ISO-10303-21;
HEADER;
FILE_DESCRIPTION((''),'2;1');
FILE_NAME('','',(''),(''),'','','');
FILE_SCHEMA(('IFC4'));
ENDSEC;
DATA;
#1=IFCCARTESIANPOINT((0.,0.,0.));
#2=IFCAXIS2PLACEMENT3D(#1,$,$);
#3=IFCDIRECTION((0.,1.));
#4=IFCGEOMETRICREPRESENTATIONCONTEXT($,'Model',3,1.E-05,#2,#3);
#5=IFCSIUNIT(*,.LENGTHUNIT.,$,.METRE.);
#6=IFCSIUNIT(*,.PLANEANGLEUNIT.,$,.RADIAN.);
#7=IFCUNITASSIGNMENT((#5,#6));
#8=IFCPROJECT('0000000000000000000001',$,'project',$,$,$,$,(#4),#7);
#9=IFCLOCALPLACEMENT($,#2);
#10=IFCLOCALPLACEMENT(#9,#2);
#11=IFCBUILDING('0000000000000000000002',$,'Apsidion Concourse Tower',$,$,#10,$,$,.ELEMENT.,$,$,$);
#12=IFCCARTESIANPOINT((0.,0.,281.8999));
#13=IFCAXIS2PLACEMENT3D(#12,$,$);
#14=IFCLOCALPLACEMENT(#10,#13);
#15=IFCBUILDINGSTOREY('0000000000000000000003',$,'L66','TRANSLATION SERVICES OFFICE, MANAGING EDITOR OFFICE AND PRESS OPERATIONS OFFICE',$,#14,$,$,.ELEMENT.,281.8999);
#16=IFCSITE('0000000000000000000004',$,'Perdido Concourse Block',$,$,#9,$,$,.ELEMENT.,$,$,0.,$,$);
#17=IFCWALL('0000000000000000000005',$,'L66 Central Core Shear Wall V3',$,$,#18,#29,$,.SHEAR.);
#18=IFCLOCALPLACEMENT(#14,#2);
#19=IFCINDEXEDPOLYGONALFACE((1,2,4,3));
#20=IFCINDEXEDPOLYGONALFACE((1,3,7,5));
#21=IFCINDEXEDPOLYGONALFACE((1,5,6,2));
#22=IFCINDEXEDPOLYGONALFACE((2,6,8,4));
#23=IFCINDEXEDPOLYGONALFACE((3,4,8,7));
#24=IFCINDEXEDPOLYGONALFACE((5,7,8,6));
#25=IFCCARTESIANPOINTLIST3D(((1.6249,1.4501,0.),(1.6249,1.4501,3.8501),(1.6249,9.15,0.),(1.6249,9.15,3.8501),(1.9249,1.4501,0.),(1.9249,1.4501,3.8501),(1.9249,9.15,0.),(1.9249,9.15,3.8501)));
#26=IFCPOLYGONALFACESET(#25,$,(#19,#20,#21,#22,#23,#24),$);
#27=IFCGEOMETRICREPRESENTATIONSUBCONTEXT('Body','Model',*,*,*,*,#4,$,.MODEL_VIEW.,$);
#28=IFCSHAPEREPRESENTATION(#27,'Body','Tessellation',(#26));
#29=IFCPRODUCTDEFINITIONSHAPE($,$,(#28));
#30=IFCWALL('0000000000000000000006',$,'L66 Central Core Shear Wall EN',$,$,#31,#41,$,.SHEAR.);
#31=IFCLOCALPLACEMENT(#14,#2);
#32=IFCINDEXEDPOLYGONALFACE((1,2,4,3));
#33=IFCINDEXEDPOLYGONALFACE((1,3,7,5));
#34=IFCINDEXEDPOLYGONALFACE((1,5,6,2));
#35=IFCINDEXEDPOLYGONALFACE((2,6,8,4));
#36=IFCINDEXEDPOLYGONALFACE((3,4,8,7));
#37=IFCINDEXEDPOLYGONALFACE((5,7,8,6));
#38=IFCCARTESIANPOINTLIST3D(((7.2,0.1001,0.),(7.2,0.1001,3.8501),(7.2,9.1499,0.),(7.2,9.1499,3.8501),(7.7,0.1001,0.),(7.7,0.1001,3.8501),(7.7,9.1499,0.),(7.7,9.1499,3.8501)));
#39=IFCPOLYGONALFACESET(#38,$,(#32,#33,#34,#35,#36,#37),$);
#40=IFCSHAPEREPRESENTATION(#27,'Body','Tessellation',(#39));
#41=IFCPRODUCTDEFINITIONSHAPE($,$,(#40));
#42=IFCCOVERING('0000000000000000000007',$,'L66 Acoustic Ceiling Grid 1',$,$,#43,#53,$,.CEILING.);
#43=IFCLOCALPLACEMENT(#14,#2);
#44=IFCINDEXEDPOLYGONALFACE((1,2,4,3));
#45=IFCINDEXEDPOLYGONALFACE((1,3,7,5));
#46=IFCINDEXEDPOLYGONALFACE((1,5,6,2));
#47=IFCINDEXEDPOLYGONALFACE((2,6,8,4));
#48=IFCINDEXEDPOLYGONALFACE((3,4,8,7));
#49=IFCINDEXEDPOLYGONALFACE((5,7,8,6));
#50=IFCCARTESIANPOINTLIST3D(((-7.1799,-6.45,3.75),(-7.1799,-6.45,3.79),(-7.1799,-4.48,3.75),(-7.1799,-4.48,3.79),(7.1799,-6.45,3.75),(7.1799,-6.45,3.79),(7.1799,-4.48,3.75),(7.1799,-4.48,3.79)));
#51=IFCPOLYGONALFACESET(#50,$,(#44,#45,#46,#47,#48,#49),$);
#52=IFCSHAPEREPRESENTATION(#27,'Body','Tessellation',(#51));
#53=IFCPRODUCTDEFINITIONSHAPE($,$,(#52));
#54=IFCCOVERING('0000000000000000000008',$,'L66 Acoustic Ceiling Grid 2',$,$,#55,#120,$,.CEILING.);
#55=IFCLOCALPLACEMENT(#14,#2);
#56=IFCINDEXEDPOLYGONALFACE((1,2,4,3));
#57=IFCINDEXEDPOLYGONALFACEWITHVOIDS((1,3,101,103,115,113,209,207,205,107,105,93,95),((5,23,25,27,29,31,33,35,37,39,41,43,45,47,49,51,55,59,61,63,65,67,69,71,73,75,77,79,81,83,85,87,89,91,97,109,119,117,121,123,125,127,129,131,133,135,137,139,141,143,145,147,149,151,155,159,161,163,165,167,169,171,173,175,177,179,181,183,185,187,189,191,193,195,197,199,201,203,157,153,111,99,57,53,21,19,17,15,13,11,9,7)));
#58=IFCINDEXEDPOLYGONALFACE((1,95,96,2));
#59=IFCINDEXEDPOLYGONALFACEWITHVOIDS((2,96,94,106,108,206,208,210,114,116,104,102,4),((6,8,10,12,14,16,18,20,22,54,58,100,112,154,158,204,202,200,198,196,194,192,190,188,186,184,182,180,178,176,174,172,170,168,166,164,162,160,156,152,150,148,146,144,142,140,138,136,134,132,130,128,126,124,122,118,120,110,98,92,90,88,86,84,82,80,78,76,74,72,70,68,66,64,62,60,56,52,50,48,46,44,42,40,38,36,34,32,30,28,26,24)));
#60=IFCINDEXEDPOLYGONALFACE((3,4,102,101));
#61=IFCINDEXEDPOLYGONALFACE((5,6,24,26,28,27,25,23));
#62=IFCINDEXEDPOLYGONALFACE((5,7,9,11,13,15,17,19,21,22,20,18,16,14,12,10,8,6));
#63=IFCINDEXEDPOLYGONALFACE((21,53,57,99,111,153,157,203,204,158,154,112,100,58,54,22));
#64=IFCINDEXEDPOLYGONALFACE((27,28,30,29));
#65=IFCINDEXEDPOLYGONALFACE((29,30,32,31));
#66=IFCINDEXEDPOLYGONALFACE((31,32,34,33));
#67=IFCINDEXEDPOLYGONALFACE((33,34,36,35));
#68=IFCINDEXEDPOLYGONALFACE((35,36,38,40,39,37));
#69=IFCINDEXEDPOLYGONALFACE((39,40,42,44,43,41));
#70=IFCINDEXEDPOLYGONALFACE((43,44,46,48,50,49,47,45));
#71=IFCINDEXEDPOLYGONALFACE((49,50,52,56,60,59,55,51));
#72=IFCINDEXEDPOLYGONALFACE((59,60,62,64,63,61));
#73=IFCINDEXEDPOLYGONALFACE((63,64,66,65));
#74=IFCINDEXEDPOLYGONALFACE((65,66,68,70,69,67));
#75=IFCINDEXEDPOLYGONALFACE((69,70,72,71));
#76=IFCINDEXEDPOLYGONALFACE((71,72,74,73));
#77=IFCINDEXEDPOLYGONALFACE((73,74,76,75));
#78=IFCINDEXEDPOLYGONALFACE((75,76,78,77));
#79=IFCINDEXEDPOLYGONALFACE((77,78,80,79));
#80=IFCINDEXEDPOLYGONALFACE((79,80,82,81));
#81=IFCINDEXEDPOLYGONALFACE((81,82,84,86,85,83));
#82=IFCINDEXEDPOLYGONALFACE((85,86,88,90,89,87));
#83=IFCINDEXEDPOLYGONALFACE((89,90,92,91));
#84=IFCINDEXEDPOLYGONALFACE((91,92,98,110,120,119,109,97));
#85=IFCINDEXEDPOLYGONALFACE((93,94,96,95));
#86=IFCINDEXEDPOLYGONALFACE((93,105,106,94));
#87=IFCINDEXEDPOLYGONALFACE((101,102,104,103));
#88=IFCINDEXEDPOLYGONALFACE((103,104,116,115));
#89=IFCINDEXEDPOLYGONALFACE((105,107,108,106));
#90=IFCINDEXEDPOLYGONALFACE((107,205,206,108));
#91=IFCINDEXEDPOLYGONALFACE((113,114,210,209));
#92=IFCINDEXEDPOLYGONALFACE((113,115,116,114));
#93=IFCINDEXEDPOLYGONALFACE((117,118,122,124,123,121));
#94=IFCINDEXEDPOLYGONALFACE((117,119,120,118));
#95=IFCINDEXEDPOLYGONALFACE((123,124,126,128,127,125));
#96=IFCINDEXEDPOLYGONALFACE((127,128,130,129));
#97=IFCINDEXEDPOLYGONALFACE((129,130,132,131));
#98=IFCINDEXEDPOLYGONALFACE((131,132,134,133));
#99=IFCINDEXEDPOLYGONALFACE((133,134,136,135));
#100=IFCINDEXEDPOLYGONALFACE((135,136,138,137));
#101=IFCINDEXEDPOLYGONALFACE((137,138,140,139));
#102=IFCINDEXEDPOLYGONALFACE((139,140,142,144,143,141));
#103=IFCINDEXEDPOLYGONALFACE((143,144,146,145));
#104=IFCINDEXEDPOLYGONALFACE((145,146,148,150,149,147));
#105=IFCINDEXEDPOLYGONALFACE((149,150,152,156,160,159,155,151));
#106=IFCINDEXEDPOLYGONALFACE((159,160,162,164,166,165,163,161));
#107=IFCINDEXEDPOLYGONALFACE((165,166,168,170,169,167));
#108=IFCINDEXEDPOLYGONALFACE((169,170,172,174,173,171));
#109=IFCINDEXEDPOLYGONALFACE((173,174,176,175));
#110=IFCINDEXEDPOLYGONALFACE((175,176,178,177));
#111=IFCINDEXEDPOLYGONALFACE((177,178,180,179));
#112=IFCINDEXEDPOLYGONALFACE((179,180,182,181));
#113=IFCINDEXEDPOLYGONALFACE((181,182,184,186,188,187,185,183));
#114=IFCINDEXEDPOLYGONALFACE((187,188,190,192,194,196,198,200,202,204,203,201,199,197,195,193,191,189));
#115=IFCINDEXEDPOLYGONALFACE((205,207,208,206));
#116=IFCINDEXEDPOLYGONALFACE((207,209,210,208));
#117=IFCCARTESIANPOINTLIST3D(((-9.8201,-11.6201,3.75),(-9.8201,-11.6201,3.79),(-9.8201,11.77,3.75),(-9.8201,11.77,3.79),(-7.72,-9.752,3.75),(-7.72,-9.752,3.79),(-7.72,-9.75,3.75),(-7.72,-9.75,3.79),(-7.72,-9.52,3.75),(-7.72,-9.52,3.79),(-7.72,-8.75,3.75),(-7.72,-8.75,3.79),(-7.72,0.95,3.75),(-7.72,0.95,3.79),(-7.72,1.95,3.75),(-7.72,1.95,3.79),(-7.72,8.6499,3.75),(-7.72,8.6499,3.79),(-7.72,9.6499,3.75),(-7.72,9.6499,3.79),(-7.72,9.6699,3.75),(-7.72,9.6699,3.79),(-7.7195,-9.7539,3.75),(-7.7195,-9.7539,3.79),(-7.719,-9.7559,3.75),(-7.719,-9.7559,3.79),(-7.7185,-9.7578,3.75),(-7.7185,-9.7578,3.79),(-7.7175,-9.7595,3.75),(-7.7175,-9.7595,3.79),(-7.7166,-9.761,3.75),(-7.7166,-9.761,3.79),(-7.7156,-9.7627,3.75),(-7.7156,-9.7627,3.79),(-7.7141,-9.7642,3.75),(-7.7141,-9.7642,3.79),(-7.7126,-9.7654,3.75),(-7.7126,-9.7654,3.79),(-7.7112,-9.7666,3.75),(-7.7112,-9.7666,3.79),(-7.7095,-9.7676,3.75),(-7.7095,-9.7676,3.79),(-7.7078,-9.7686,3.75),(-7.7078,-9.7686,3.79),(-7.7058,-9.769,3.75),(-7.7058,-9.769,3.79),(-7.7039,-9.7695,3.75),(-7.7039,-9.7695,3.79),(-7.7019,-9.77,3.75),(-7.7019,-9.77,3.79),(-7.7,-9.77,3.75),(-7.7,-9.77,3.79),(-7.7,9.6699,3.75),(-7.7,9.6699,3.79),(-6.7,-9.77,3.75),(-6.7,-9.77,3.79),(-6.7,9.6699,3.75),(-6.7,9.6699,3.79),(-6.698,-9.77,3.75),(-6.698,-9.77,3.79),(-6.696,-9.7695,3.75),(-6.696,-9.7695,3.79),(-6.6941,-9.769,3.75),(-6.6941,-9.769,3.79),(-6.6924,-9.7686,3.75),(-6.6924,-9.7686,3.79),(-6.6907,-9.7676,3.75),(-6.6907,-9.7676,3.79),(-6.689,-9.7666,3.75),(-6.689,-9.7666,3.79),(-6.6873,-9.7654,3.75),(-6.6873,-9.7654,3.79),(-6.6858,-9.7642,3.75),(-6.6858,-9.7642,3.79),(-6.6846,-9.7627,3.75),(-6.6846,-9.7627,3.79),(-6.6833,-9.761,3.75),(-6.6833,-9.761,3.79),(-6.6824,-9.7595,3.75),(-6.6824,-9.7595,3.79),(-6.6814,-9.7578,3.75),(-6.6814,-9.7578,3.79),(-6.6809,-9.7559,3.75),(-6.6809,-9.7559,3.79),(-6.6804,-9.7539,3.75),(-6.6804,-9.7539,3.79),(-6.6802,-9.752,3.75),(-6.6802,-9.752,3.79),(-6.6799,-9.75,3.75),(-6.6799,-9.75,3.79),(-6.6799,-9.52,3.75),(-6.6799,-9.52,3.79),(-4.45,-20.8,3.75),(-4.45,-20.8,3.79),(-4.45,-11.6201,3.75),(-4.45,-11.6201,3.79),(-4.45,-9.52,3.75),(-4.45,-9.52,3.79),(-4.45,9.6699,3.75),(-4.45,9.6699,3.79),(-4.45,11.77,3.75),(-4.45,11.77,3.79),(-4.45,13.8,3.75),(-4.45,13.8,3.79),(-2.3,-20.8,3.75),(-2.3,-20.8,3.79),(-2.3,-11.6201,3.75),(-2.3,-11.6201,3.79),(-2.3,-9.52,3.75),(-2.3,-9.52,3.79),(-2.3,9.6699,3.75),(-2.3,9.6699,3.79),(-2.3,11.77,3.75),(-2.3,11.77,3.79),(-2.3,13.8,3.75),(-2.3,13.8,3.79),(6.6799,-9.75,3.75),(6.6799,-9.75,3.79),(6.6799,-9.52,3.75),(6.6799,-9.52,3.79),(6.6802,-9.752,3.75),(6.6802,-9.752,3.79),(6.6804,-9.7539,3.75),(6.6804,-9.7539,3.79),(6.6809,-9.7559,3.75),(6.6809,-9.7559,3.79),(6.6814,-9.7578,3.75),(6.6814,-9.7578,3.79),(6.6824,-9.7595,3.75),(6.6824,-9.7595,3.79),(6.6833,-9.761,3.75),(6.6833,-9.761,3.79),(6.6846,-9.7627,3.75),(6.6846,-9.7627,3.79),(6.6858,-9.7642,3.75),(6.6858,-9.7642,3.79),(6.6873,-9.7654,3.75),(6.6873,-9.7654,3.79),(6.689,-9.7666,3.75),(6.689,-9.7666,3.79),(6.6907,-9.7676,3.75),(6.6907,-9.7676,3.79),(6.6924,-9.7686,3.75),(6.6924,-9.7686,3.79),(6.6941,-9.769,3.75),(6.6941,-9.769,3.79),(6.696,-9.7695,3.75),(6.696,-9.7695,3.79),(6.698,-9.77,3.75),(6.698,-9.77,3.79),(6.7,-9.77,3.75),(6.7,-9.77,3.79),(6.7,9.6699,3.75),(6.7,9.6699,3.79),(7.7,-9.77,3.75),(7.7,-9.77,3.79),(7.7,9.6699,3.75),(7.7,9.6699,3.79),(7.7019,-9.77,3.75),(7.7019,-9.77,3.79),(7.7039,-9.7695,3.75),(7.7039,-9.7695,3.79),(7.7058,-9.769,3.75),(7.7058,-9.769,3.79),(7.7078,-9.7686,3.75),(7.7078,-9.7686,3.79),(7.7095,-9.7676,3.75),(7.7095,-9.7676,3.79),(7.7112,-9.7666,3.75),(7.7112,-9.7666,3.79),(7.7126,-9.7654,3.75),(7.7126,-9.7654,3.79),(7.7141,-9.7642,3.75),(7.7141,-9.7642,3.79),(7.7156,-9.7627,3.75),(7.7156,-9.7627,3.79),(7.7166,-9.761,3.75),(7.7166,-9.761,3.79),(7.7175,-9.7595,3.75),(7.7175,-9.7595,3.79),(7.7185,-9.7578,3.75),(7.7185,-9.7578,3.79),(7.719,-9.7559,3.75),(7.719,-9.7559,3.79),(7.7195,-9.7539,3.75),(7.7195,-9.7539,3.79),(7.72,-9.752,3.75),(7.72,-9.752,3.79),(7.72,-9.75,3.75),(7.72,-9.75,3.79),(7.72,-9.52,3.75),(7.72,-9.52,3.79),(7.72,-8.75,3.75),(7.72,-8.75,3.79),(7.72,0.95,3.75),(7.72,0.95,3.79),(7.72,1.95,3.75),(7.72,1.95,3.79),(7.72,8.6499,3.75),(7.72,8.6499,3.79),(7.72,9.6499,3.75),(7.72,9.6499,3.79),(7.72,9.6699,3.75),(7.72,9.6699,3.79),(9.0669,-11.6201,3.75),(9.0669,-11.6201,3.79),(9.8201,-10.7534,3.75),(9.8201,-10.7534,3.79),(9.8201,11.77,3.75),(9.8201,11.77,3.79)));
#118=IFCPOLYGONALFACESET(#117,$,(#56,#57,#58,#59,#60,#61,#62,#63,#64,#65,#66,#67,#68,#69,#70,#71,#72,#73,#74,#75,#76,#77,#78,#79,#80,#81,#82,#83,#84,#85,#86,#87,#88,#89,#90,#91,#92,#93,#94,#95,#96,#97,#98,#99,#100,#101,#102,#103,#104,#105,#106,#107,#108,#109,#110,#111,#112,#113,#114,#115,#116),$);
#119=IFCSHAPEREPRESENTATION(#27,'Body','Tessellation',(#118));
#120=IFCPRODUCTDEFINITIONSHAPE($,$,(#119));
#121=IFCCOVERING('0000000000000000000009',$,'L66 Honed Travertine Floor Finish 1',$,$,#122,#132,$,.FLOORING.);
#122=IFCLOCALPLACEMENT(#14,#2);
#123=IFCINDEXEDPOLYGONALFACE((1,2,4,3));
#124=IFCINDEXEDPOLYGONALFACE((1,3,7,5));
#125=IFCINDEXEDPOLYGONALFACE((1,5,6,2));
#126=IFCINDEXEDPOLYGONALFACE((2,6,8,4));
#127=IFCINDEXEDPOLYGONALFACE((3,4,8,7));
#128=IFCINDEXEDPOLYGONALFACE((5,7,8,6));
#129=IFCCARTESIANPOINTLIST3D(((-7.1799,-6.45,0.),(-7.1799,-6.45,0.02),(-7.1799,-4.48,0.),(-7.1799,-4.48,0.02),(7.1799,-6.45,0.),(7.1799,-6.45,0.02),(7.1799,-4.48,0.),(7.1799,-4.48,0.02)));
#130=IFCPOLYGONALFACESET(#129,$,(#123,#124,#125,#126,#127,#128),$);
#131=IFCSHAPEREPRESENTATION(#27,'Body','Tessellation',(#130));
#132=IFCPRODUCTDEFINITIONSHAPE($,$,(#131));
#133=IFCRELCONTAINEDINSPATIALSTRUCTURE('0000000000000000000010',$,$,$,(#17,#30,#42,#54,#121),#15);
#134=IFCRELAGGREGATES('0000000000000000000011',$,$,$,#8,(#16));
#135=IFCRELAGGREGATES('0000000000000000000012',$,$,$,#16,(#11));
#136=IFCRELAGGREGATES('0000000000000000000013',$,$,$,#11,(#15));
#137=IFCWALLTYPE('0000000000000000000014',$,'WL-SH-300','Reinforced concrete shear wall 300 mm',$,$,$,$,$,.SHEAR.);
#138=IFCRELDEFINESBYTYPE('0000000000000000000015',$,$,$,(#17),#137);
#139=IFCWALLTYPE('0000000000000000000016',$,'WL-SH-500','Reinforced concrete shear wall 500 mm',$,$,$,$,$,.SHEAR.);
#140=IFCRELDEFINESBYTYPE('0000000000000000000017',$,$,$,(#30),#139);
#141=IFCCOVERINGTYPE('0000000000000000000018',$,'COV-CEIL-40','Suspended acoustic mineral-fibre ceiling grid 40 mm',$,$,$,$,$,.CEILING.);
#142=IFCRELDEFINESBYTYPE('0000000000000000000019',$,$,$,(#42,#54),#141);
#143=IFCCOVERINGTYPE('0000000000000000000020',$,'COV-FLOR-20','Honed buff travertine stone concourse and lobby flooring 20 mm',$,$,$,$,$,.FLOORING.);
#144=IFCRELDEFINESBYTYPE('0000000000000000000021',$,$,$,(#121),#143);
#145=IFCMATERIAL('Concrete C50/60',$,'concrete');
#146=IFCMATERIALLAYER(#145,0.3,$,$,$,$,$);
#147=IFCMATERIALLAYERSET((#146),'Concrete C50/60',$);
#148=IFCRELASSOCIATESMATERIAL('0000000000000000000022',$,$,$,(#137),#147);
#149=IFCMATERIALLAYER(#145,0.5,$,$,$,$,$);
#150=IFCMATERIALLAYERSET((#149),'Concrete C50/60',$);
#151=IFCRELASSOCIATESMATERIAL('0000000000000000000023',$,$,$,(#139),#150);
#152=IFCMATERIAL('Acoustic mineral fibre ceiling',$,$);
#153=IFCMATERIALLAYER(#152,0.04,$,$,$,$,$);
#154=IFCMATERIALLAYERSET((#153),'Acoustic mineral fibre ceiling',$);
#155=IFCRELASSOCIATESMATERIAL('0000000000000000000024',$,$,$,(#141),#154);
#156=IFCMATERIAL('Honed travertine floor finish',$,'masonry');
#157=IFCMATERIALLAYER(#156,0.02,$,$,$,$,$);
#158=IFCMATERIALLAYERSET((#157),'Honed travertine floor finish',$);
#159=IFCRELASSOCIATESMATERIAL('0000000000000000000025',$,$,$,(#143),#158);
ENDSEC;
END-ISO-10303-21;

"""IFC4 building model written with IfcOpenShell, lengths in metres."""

from ifc_helpers import new_model, si_unit, direction, frame, frame_2d, origin, place, context, subcontext, project, spatial, polyline, rectangle, outline, extrude, material, layer, layer_set, type_object, element, save


model = new_model("IFC4")

# Units and contexts
model_context = context("Model", 3, precision=1e-05, world=origin(), true_north=direction((0.0, 1.0)))
body_context = subcontext(model_context, "Body", "Model", "MODEL_VIEW")
ifc_project = project(units=[si_unit("LENGTHUNIT", "METRE"), si_unit("PLANEANGLEUNIT", "RADIAN")], contexts=[model_context])

# Site, building, storey
site_placement = place(None, origin())
site = spatial("IfcSite", under=ifc_project, at=site_placement, Name="Perdido Concourse Block", CompositionType="ELEMENT", RefElevation=0.0)
building_placement = place(site_placement, origin())
building = spatial("IfcBuilding", under=site, at=building_placement, Name="Apsidion Concourse Tower", CompositionType="ELEMENT")
storey_placement = place(building_placement, frame((0.0, 0.0, 281.8999)))
storey = spatial("IfcBuildingStorey", under=building, at=storey_placement, Name="L66", Description="TRANSLATION SERVICES OFFICE, MANAGING EDITOR OFFICE AND PRESS OPERATIONS OFFICE", CompositionType="ELEMENT", Elevation=281.8999)

# Shared definitions
ifc_material_1 = material(Name="Concrete C50/60", Category="concrete")

# Walls
ifc_layer_1 = layer(ifc_material_1, 0.3)
ifc_layer_set_1 = layer_set([ifc_layer_1], Name="Concrete C50/60")
wall_type_1 = type_object("IfcWallType", Name="WL-SH-300", Description="Reinforced concrete shear wall 300 mm", PredefinedType="SHEAR", material=ifc_layer_set_1)
wall_1_placement = place(storey_placement, frame((1.7749, 1.45, 0.0), z_axis=(0.0, 0.0, 1.0), x_axis=(0.0, 1.0, 0.0)))
element("IfcWall", 1, at=wall_1_placement, inside=storey, type_object=wall_type_1, Name="L66 Central Core Shear Wall V3", PredefinedType="SHEAR", context=body_context, shape_type="SweptSolid", body=[
    extrude(rectangle(XDim=7.7, YDim=0.3, at=frame_2d((3.8501, 0.0))), origin(), (0.0, 0.0, 1.0), 3.8501),
])
ifc_layer_2 = layer(ifc_material_1, 0.5)
ifc_layer_set_2 = layer_set([ifc_layer_2], Name="Concrete C50/60")
wall_type_2 = type_object("IfcWallType", Name="WL-SH-500", Description="Reinforced concrete shear wall 500 mm", PredefinedType="SHEAR", material=ifc_layer_set_2)
wall_2_placement = place(storey_placement, frame((7.45, 0.1001, 0.0), z_axis=(0.0, 0.0, 1.0), x_axis=(0.0, 1.0, 0.0)))
element("IfcWall", 2, at=wall_2_placement, inside=storey, type_object=wall_type_2, Name="L66 Central Core Shear Wall EN", PredefinedType="SHEAR", context=body_context, shape_type="SweptSolid", body=[
    extrude(rectangle(XDim=9.0498, YDim=0.5, at=frame_2d((4.5249, 0.0))), origin(), (0.0, 0.0, 1.0), 3.8501),
])

# Coverings
ifc_material_2 = material(Name="Acoustic mineral fibre ceiling")
ifc_layer_3 = layer(ifc_material_2, 0.04)
ifc_layer_set_3 = layer_set([ifc_layer_3], Name="Acoustic mineral fibre ceiling")
covering_type_1 = type_object("IfcCoveringType", Name="COV-CEIL-40", Description="Suspended acoustic mineral-fibre ceiling grid 40 mm", PredefinedType="CEILING", material=ifc_layer_set_3)
covering_1_placement = place(storey_placement, frame((0.0, 0.0, 3.75)))
element("IfcCovering", 3, at=covering_1_placement, inside=storey, type_object=covering_type_1, Name="L66 Acoustic Ceiling Grid 1", PredefinedType="CEILING", context=body_context, shape_type="SweptSolid", body=[
    extrude(outline(polyline([(-7.1799, -6.45), (-7.1799, -4.48), (7.1799, -4.48), (7.1799, -6.45), (-7.1799, -6.45)])), origin(), (0.0, 0.0, 1.0), 0.04),
])
covering_2_placement = place(storey_placement, frame((0.0, 0.0, 3.75)))
element("IfcCovering", 4, at=covering_2_placement, inside=storey, type_object=covering_type_1, Name="L66 Acoustic Ceiling Grid 2", PredefinedType="CEILING", context=body_context, shape_type="SweptSolid", body=[
    extrude(outline(polyline([(-9.8201, -11.6201), (-9.8201, 11.77), (-4.45, 11.77), (-4.45, 13.8), (-2.3, 13.8), (-2.3, 11.77), (9.8201, 11.77), (9.8201, -10.7534), (9.0669, -11.6201), (-2.3, -11.6201), (-2.3, -20.8), (-4.45, -20.8), (-4.45, -11.6201), (-9.8201, -11.6201)]), holes=[polyline([(7.7, 9.6699), (6.7, 9.6699), (-2.3, 9.6699), (-4.45, 9.6699), (-6.7, 9.6699), (-7.7, 9.6699), (-7.72, 9.6699), (-7.72, 9.6499), (-7.72, 8.6499), (-7.72, 1.95), (-7.72, 0.95), (-7.72, -8.75), (-7.72, -9.52), (-7.72, -9.75), (-7.72, -9.752), (-7.7195, -9.7539), (-7.719, -9.7559), (-7.7185, -9.7578), (-7.7175, -9.7595), (-7.7166, -9.761), (-7.7156, -9.7627), (-7.7141, -9.7642), (-7.7126, -9.7654), (-7.7112, -9.7666), (-7.7095, -9.7676), (-7.7078, -9.7686), (-7.7058, -9.769), (-7.7039, -9.7695), (-7.7019, -9.77), (-7.7, -9.77), (-6.7, -9.77), (-6.698, -9.77), (-6.696, -9.7695), (-6.6941, -9.769), (-6.6924, -9.7686), (-6.6907, -9.7676), (-6.689, -9.7666), (-6.6873, -9.7654), (-6.6858, -9.7642), (-6.6846, -9.7627), (-6.6833, -9.761), (-6.6824, -9.7595), (-6.6814, -9.7578), (-6.6809, -9.7559), (-6.6804, -9.7539), (-6.6802, -9.752), (-6.6799, -9.75), (-6.6799, -9.52), (-4.45, -9.52), (-2.3, -9.52), (6.6799, -9.52), (6.6799, -9.75), (6.6802, -9.752), (6.6804, -9.7539), (6.6809, -9.7559), (6.6814, -9.7578), (6.6824, -9.7595), (6.6833, -9.761), (6.6846, -9.7627), (6.6858, -9.7642), (6.6873, -9.7654), (6.689, -9.7666), (6.6907, -9.7676), (6.6924, -9.7686), (6.6941, -9.769), (6.696, -9.7695), (6.698, -9.77), (6.7, -9.77), (7.7, -9.77), (7.7019, -9.77), (7.7039, -9.7695), (7.7058, -9.769), (7.7078, -9.7686), (7.7095, -9.7676), (7.7112, -9.7666), (7.7126, -9.7654), (7.7141, -9.7642), (7.7156, -9.7627), (7.7166, -9.761), (7.7175, -9.7595), (7.7185, -9.7578), (7.719, -9.7559), (7.7195, -9.7539), (7.72, -9.752), (7.72, -9.75), (7.72, -9.52), (7.72, -8.75), (7.72, 0.95), (7.72, 1.95), (7.72, 8.6499), (7.72, 9.6499), (7.72, 9.6699), (7.7, 9.6699)])]), origin(), (0.0, 0.0, 1.0), 0.04),
])
ifc_material_3 = material(Name="Honed travertine floor finish", Category="masonry")
ifc_layer_4 = layer(ifc_material_3, 0.02)
ifc_layer_set_4 = layer_set([ifc_layer_4], Name="Honed travertine floor finish")
covering_type_2 = type_object("IfcCoveringType", Name="COV-FLOR-20", Description="Honed buff travertine stone concourse and lobby flooring 20 mm", PredefinedType="FLOORING", material=ifc_layer_set_4)
covering_3_placement = place(storey_placement, origin())
element("IfcCovering", 5, at=covering_3_placement, inside=storey, type_object=covering_type_2, Name="L66 Honed Travertine Floor Finish 1", PredefinedType="FLOORING", context=body_context, shape_type="SweptSolid", body=[
    extrude(outline(polyline([(-7.1799, -6.45), (-7.1799, -4.48), (7.1799, -4.48), (7.1799, -6.45), (-7.1799, -6.45)])), origin(), (0.0, 0.0, 1.0), 0.02),
])

save(model, "model.ifc")
